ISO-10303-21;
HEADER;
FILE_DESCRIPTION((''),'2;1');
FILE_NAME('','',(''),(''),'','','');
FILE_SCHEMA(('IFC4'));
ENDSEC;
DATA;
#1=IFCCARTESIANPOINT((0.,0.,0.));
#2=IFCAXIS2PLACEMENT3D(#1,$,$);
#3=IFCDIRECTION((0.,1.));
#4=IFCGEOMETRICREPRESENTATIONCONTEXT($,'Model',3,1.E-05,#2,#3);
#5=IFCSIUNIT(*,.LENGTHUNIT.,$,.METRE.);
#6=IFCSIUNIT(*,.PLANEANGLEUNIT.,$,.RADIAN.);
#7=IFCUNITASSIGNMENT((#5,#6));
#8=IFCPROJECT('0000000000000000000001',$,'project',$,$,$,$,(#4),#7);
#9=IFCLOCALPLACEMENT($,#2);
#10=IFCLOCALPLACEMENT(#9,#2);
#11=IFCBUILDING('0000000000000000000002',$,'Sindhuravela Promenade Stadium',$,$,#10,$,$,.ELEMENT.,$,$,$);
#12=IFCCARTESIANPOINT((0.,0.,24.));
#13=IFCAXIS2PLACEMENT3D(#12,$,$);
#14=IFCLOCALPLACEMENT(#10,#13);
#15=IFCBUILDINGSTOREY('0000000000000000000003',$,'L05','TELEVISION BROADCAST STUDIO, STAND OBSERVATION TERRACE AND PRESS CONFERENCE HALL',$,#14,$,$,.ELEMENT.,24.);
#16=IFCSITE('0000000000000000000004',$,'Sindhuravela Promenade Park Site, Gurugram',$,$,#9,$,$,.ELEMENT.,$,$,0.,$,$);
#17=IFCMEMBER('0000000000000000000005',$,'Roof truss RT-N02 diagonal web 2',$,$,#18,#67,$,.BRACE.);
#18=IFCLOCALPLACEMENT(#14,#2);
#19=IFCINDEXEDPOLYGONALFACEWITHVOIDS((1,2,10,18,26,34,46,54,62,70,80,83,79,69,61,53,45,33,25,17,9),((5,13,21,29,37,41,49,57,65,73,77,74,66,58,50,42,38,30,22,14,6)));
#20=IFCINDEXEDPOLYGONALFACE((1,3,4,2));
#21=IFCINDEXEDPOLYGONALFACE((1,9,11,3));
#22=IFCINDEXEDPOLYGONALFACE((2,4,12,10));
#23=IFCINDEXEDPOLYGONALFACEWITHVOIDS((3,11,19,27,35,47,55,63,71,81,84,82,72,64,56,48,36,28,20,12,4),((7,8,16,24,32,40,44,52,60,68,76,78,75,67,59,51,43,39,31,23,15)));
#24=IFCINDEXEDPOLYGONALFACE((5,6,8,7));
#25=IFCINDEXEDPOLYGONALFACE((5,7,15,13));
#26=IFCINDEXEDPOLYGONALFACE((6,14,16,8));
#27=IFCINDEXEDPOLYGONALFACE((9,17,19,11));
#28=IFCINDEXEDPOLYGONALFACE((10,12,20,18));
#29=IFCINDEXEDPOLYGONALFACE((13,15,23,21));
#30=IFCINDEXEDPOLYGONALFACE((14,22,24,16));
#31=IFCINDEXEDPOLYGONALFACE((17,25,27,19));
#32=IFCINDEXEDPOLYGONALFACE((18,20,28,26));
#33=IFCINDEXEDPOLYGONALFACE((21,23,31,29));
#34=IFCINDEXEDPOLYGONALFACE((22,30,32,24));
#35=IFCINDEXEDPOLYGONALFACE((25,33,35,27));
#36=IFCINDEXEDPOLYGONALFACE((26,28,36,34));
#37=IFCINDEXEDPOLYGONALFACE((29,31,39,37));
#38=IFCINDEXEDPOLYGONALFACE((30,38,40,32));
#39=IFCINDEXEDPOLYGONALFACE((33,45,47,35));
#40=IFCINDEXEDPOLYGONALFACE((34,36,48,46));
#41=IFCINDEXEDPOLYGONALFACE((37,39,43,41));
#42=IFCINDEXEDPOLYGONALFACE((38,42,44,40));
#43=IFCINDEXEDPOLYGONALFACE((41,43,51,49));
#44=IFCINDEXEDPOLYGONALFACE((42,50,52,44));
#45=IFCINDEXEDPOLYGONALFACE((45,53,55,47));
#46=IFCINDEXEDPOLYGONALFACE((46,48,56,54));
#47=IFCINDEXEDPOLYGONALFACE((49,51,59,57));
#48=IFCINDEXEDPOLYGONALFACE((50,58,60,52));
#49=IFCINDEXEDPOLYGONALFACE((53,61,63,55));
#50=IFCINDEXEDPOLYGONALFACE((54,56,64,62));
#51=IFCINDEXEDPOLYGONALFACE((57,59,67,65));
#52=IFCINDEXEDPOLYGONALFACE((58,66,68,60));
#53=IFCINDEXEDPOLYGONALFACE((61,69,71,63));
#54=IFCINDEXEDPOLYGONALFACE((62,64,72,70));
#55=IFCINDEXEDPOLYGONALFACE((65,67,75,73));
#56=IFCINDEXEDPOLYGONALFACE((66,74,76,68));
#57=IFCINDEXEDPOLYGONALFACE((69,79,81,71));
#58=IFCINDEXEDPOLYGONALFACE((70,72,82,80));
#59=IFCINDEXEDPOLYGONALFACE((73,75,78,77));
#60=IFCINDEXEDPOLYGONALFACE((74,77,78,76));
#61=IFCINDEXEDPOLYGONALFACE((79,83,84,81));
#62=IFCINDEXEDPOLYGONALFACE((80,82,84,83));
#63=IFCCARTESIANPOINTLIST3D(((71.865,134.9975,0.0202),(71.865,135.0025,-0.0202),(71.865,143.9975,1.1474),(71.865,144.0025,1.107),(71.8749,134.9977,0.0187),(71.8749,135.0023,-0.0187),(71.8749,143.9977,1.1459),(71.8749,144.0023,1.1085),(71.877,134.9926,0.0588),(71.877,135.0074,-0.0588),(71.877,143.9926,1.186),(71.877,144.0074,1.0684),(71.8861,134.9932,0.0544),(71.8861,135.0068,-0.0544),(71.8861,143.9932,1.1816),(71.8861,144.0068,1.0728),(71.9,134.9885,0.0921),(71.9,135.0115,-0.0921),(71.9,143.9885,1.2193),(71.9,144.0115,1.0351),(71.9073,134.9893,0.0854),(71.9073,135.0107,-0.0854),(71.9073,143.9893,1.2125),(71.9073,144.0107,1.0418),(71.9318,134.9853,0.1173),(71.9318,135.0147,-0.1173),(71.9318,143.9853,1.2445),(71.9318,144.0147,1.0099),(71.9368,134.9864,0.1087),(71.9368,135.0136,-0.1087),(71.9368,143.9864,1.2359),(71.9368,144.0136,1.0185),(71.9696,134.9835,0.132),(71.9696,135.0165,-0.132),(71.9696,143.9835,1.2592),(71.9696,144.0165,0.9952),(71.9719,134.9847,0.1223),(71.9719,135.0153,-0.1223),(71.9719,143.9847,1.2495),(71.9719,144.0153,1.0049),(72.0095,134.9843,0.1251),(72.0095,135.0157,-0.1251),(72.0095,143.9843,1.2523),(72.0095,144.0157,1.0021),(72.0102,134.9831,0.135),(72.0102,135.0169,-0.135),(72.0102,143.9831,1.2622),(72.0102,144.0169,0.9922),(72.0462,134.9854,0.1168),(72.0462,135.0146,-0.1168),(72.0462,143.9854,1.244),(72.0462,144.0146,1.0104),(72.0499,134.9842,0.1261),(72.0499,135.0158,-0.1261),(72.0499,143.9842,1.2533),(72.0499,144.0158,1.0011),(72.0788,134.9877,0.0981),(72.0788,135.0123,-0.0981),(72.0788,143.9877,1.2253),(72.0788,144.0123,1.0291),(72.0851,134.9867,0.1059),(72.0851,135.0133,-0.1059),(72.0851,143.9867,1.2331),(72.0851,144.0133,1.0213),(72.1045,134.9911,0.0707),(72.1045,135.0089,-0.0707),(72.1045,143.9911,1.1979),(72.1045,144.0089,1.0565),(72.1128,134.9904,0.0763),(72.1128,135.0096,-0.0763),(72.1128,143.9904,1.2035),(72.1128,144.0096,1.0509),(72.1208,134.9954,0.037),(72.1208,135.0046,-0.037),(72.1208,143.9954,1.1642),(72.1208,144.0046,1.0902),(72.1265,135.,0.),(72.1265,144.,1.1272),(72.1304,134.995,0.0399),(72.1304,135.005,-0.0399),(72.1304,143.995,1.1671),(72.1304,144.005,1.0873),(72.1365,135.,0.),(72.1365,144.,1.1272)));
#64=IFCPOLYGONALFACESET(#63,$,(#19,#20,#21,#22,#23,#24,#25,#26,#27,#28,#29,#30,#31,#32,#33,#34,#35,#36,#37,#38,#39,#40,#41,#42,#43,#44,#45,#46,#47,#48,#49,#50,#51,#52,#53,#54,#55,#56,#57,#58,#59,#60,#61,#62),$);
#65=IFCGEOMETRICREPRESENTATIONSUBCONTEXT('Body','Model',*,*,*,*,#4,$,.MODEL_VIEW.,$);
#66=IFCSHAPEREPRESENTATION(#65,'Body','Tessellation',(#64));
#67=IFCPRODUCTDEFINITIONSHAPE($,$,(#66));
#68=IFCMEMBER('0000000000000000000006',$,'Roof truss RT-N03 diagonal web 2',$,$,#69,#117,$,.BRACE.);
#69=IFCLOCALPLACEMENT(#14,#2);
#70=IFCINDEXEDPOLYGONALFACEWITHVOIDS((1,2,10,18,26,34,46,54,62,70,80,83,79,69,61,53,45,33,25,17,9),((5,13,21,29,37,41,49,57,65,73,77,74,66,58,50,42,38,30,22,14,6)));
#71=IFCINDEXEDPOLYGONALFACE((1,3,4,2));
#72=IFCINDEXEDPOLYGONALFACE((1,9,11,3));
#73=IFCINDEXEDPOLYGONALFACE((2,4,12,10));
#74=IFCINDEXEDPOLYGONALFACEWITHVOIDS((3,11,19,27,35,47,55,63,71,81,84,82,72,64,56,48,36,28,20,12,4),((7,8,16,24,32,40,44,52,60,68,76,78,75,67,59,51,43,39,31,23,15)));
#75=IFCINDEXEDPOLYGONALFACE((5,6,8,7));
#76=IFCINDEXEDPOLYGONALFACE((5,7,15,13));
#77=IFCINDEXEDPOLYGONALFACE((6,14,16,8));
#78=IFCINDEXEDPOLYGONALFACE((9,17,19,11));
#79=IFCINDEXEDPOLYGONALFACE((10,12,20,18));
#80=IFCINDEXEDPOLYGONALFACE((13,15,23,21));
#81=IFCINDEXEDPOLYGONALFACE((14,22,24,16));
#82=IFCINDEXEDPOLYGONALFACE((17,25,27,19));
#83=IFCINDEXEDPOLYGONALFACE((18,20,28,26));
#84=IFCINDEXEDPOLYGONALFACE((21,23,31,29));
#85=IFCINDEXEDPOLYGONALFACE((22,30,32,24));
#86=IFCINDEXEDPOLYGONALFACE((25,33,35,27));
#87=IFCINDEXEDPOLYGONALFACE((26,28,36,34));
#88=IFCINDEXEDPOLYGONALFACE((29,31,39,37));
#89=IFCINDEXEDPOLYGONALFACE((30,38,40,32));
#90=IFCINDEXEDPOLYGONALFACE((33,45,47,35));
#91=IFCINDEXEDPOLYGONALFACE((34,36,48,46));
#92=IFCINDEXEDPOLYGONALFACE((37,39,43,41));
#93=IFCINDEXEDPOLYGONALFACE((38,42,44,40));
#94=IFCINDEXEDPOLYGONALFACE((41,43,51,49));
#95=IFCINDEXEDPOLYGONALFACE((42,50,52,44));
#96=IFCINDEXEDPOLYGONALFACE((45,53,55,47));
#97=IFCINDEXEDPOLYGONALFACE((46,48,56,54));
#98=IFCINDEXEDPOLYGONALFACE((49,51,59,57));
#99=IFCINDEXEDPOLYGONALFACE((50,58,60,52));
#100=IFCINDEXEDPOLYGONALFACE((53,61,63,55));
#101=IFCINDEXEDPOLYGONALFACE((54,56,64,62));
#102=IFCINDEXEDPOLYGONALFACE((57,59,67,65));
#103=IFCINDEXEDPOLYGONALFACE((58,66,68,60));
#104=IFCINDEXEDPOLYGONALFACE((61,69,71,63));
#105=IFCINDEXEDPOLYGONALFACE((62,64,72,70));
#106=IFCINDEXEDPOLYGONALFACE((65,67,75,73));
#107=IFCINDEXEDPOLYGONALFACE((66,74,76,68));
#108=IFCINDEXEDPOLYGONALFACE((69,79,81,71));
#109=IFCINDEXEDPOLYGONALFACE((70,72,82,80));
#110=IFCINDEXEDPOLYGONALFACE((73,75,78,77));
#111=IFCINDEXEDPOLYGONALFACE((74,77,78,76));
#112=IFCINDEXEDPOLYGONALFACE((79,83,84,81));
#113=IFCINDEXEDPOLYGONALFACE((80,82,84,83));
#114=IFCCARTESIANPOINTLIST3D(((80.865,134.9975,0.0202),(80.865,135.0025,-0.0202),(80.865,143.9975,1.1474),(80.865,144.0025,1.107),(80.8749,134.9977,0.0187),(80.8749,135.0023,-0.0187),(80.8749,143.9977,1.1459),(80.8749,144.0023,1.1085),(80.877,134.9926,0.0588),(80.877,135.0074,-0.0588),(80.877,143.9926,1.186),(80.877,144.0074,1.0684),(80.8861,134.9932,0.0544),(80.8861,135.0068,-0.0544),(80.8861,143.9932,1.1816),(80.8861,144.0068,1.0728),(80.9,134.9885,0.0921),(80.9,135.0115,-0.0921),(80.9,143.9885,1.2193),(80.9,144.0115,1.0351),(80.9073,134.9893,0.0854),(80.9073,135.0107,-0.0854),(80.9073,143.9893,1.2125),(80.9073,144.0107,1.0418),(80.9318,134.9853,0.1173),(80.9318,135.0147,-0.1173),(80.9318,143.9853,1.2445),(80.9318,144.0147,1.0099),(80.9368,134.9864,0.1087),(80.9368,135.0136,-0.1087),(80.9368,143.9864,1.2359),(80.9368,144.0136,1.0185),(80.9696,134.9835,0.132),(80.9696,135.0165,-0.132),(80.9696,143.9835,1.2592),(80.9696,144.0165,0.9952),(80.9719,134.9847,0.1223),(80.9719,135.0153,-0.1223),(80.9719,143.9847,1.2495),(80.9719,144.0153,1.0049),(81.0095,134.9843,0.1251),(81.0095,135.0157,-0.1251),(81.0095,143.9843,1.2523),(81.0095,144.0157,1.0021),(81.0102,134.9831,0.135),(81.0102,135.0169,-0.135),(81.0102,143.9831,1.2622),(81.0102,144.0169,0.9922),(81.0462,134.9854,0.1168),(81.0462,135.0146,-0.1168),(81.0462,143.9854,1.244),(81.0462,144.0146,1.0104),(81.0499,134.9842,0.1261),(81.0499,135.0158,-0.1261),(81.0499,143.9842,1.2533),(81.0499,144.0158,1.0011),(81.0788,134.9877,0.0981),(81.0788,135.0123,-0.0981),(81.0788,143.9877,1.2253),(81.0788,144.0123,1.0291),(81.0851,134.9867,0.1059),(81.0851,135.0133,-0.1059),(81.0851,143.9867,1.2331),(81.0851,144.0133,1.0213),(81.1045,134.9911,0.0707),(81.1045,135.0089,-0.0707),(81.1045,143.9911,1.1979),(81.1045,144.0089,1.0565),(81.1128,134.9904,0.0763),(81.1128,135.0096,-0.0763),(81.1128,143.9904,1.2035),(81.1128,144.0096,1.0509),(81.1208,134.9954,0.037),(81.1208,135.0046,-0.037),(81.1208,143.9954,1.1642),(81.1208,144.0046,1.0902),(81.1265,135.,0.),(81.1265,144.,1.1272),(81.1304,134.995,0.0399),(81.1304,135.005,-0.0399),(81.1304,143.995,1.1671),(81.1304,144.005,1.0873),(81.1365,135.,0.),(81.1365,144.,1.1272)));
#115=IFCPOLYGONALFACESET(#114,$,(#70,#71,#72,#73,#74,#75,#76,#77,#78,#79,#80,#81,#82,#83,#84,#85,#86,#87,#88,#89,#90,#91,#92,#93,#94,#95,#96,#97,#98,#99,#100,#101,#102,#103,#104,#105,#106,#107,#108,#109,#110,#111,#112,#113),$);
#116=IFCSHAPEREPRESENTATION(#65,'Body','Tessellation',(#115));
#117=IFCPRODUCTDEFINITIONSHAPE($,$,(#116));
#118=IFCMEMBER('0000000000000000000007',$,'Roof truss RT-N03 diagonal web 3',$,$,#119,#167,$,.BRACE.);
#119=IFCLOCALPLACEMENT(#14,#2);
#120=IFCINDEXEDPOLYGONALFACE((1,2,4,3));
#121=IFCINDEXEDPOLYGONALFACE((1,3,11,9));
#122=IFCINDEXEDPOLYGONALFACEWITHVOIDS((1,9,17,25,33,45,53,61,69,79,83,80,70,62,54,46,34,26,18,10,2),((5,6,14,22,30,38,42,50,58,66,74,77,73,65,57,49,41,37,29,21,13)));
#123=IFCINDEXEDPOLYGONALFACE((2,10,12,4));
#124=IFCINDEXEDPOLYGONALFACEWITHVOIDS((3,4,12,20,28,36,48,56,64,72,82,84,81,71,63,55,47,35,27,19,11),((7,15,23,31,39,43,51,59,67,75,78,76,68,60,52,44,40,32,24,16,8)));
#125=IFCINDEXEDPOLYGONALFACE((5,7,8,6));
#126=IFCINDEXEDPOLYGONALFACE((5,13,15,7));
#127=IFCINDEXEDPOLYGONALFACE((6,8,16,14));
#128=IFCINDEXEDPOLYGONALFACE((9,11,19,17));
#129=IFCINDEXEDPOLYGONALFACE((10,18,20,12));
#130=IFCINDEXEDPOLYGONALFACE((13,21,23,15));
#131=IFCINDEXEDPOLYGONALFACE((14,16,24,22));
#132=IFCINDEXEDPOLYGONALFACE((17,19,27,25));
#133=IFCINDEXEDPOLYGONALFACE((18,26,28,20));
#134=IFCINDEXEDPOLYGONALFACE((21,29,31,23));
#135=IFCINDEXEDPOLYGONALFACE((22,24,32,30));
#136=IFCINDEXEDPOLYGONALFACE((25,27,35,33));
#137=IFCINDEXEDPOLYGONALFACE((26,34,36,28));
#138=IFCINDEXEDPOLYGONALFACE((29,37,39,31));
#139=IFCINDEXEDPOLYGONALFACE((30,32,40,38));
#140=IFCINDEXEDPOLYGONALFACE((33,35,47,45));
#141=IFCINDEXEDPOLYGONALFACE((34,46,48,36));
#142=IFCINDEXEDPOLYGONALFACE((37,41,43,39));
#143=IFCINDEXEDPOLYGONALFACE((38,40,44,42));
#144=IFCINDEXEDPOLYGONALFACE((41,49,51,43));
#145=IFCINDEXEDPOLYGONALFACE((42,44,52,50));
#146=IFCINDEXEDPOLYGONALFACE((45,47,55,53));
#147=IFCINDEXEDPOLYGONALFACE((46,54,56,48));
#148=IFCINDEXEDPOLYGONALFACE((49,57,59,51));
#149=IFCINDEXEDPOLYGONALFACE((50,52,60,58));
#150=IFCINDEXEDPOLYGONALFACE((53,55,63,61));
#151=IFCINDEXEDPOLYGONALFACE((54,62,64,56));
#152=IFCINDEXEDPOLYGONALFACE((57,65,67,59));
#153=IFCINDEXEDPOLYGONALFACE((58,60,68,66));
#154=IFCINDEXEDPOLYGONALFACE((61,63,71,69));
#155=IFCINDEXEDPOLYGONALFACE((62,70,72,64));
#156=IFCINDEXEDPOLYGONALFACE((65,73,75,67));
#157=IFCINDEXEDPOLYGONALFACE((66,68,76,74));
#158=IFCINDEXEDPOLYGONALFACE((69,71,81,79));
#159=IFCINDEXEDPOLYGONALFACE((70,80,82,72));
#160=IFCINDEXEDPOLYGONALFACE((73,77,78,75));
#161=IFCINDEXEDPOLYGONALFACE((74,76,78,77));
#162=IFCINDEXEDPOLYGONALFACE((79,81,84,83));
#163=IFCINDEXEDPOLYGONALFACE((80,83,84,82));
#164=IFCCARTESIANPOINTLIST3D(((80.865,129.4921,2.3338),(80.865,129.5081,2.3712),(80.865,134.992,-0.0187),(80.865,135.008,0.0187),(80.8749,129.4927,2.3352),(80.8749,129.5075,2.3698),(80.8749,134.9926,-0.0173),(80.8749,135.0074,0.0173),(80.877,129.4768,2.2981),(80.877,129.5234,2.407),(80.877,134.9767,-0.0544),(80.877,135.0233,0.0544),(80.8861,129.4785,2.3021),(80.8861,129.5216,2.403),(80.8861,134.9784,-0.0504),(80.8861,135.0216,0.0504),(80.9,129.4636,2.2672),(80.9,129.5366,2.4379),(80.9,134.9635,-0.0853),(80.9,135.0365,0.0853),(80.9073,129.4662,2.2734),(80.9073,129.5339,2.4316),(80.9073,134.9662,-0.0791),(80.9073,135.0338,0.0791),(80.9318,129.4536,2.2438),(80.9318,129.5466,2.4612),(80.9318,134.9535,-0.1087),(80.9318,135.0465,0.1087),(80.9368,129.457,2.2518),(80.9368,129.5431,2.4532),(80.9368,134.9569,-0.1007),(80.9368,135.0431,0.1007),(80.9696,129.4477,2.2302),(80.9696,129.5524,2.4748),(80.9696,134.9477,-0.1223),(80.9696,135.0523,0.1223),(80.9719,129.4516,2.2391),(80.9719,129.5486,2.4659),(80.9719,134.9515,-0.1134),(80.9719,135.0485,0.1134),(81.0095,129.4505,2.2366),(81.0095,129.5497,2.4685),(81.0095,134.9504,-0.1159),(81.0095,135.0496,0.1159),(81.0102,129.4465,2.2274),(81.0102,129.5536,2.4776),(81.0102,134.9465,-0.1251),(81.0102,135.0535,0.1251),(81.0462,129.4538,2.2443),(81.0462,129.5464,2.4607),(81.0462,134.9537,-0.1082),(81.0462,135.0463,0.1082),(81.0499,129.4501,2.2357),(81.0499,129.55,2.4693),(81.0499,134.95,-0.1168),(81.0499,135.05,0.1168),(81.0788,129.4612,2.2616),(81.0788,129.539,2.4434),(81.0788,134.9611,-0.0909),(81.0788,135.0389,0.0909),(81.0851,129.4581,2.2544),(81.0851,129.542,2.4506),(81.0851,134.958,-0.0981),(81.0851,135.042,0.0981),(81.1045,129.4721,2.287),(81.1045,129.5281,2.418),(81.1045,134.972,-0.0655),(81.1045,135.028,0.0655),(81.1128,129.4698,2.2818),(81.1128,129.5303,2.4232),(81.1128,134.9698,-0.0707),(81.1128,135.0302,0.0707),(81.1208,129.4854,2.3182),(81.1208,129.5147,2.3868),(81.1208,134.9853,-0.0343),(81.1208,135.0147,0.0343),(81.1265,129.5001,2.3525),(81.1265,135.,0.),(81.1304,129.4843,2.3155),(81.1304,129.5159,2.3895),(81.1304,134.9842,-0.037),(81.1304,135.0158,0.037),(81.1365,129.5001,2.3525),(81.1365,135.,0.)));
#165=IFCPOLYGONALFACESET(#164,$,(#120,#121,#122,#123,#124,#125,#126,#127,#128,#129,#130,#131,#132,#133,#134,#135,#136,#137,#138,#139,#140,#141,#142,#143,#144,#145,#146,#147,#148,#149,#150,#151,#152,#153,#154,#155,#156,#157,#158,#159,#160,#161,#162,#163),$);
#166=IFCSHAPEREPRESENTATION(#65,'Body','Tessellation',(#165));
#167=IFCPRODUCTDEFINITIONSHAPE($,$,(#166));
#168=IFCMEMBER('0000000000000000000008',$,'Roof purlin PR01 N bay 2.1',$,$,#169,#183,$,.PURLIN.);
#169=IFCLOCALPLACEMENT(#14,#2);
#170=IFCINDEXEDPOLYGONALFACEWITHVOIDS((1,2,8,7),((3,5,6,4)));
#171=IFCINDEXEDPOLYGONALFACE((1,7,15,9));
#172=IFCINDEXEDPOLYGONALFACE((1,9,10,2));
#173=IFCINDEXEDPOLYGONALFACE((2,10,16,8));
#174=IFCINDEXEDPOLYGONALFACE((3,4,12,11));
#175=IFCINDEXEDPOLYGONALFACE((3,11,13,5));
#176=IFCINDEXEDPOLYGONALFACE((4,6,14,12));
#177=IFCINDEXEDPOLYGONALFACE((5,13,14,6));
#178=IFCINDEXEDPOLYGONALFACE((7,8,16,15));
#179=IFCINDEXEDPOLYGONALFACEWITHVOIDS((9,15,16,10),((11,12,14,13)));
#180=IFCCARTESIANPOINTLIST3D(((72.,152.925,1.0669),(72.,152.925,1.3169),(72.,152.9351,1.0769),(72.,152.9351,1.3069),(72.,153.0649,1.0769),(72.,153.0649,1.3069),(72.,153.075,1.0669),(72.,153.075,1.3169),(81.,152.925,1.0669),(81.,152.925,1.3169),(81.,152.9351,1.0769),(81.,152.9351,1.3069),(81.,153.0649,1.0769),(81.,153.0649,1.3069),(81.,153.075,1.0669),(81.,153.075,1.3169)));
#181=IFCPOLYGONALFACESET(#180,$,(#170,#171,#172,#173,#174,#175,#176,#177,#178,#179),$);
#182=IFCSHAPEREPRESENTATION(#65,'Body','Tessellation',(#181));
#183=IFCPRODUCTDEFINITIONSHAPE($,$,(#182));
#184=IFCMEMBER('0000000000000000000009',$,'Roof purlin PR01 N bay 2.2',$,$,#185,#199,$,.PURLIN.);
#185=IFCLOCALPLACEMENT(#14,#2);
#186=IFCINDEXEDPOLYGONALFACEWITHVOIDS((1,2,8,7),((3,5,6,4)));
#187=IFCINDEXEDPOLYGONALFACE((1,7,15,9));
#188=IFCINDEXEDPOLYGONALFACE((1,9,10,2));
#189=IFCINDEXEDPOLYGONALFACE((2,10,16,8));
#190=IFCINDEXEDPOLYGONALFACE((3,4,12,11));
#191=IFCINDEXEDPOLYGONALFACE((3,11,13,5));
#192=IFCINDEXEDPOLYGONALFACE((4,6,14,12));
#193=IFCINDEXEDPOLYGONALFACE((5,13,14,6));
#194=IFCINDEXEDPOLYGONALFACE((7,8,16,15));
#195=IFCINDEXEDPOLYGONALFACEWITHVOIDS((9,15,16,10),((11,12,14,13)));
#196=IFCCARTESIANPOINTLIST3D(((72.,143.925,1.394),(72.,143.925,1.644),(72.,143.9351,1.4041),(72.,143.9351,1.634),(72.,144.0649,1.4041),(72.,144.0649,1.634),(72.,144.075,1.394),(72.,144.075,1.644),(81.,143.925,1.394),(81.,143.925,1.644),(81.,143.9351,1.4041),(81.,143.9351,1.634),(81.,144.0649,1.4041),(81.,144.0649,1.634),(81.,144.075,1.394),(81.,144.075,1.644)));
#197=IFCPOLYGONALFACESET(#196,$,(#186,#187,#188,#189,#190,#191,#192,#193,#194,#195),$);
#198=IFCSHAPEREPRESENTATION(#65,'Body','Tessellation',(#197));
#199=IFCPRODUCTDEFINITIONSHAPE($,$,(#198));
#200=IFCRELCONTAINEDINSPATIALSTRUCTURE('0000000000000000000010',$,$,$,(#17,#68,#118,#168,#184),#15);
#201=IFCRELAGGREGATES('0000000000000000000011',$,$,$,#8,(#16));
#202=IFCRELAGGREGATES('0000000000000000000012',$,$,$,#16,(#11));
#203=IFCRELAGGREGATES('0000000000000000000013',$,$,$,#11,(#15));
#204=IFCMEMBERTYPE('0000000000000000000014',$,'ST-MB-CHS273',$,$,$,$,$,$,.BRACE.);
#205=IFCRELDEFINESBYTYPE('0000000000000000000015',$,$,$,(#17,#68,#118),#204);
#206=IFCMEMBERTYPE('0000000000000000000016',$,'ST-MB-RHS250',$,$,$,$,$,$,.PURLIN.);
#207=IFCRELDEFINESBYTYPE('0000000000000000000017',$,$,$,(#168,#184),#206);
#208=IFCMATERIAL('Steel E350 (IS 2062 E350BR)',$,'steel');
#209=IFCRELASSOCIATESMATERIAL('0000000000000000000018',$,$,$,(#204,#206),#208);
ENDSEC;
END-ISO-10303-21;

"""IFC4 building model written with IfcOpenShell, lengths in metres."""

from ifc_helpers import new_model, si_unit, direction, frame, origin, origin_2d, place, context, subcontext, project, spatial, hollow_rectangle, hollow_circle, extrude, material, material_profile, profile_set, type_object, element, save


model = new_model("IFC4")

# Units and contexts
model_context = context("Model", 3, precision=1e-05, world=origin(), true_north=direction((0.0, 1.0)))
body_context = subcontext(model_context, "Body", "Model", "MODEL_VIEW")
ifc_project = project(units=[si_unit("LENGTHUNIT", "METRE"), si_unit("PLANEANGLEUNIT", "RADIAN")], contexts=[model_context])

# Site, building, storey
site_placement = place(None, origin())
site = spatial("IfcSite", under=ifc_project, at=site_placement, Name="Sindhuravela Promenade Park Site, Gurugram", CompositionType="ELEMENT", RefElevation=0.0)
building_placement = place(site_placement, origin())
building = spatial("IfcBuilding", under=site, at=building_placement, Name="Sindhuravela Promenade Stadium", CompositionType="ELEMENT")
storey_placement = place(building_placement, frame((0.0, 0.0, 24.0)))
storey = spatial("IfcBuildingStorey", under=building, at=storey_placement, Name="L05", Description="TELEVISION BROADCAST STUDIO, STAND OBSERVATION TERRACE AND PRESS CONFERENCE HALL", CompositionType="ELEMENT", Elevation=24.0)

# Shared definitions
ifc_material_1 = material(Name="Steel E350 (IS 2062 E350BR)", Category="steel")

# Members
ifc_material_profile_1 = material_profile(ifc_material_1, hollow_circle(Radius=0.1365, WallThickness=0.01, at=origin_2d()), Name="CHS 273.0x10")
ifc_profile_set_1 = profile_set([ifc_material_profile_1], Name="Steel E350 (IS 2062 E350BR)")
member_type_1 = type_object("IfcMemberType", Name="ST-MB-CHS273", PredefinedType="BRACE", material=ifc_profile_set_1)
for number, where, z_axis, x_axis, name in (
    (1, (72.0, 144.0, 1.1272), (0.0, -0.992248, -0.124273), (1.0, 0.0, 0.0), "Roof truss RT-N02 diagonal web 2"),
    (2, (81.0, 144.0, 1.1272), (0.0, -0.992248, -0.124273), (1.0, 0.0, 0.0), "Roof truss RT-N03 diagonal web 2"),
):
    element("IfcMember", number, at=place(storey_placement, frame(where, z_axis=z_axis, x_axis=x_axis)), inside=storey, type_object=member_type_1, Name=name, PredefinedType="BRACE", context=body_context, shape_type="SweptSolid", body=[
        extrude(hollow_circle(Radius=0.1365, WallThickness=0.01, at=origin_2d()), origin(), (0.0, 0.0, 1.0), 9.0703),
    ])
member_1_placement = place(storey_placement, frame((81.0, 135.0, 0.0), z_axis=(0.0, -0.919423, 0.393269), x_axis=(1.0, 0.0, 0.0)))
element("IfcMember", 3, at=member_1_placement, inside=storey, type_object=member_type_1, Name="Roof truss RT-N03 diagonal web 3", PredefinedType="BRACE", context=body_context, shape_type="SweptSolid", body=[
    extrude(hollow_circle(Radius=0.1365, WallThickness=0.01, at=origin_2d()), origin(), (0.0, 0.0, 1.0), 5.9819),
])
ifc_material_profile_2 = material_profile(ifc_material_1, hollow_rectangle(XDim=0.1499, YDim=0.25, WallThickness=0.01, at=origin_2d()), Name="RHS 250x150x10")
ifc_profile_set_2 = profile_set([ifc_material_profile_2], Name="Steel E350 (IS 2062 E350BR)")
member_type_2 = type_object("IfcMemberType", Name="ST-MB-RHS250", PredefinedType="PURLIN", material=ifc_profile_set_2)
for number, where, z_axis, x_axis, name in (
    (4, (72.0, 153.0, 1.1919), (1.0, 0.0, 0.0), (0.0, 1.0, 0.0), "Roof purlin PR01 N bay 2.1"),
    (5, (72.0, 144.0, 1.519), (1.0, 0.0, 0.0), (0.0, 1.0, 0.0), "Roof purlin PR01 N bay 2.2"),
):
    element("IfcMember", number, at=place(storey_placement, frame(where, z_axis=z_axis, x_axis=x_axis)), inside=storey, type_object=member_type_2, Name=name, PredefinedType="PURLIN", context=body_context, shape_type="SweptSolid", body=[
        extrude(hollow_rectangle(XDim=0.1499, YDim=0.25, WallThickness=0.01, at=origin_2d()), origin(), (0.0, 0.0, 1.0), 9.0),
    ])

save(model, "model.ifc")
